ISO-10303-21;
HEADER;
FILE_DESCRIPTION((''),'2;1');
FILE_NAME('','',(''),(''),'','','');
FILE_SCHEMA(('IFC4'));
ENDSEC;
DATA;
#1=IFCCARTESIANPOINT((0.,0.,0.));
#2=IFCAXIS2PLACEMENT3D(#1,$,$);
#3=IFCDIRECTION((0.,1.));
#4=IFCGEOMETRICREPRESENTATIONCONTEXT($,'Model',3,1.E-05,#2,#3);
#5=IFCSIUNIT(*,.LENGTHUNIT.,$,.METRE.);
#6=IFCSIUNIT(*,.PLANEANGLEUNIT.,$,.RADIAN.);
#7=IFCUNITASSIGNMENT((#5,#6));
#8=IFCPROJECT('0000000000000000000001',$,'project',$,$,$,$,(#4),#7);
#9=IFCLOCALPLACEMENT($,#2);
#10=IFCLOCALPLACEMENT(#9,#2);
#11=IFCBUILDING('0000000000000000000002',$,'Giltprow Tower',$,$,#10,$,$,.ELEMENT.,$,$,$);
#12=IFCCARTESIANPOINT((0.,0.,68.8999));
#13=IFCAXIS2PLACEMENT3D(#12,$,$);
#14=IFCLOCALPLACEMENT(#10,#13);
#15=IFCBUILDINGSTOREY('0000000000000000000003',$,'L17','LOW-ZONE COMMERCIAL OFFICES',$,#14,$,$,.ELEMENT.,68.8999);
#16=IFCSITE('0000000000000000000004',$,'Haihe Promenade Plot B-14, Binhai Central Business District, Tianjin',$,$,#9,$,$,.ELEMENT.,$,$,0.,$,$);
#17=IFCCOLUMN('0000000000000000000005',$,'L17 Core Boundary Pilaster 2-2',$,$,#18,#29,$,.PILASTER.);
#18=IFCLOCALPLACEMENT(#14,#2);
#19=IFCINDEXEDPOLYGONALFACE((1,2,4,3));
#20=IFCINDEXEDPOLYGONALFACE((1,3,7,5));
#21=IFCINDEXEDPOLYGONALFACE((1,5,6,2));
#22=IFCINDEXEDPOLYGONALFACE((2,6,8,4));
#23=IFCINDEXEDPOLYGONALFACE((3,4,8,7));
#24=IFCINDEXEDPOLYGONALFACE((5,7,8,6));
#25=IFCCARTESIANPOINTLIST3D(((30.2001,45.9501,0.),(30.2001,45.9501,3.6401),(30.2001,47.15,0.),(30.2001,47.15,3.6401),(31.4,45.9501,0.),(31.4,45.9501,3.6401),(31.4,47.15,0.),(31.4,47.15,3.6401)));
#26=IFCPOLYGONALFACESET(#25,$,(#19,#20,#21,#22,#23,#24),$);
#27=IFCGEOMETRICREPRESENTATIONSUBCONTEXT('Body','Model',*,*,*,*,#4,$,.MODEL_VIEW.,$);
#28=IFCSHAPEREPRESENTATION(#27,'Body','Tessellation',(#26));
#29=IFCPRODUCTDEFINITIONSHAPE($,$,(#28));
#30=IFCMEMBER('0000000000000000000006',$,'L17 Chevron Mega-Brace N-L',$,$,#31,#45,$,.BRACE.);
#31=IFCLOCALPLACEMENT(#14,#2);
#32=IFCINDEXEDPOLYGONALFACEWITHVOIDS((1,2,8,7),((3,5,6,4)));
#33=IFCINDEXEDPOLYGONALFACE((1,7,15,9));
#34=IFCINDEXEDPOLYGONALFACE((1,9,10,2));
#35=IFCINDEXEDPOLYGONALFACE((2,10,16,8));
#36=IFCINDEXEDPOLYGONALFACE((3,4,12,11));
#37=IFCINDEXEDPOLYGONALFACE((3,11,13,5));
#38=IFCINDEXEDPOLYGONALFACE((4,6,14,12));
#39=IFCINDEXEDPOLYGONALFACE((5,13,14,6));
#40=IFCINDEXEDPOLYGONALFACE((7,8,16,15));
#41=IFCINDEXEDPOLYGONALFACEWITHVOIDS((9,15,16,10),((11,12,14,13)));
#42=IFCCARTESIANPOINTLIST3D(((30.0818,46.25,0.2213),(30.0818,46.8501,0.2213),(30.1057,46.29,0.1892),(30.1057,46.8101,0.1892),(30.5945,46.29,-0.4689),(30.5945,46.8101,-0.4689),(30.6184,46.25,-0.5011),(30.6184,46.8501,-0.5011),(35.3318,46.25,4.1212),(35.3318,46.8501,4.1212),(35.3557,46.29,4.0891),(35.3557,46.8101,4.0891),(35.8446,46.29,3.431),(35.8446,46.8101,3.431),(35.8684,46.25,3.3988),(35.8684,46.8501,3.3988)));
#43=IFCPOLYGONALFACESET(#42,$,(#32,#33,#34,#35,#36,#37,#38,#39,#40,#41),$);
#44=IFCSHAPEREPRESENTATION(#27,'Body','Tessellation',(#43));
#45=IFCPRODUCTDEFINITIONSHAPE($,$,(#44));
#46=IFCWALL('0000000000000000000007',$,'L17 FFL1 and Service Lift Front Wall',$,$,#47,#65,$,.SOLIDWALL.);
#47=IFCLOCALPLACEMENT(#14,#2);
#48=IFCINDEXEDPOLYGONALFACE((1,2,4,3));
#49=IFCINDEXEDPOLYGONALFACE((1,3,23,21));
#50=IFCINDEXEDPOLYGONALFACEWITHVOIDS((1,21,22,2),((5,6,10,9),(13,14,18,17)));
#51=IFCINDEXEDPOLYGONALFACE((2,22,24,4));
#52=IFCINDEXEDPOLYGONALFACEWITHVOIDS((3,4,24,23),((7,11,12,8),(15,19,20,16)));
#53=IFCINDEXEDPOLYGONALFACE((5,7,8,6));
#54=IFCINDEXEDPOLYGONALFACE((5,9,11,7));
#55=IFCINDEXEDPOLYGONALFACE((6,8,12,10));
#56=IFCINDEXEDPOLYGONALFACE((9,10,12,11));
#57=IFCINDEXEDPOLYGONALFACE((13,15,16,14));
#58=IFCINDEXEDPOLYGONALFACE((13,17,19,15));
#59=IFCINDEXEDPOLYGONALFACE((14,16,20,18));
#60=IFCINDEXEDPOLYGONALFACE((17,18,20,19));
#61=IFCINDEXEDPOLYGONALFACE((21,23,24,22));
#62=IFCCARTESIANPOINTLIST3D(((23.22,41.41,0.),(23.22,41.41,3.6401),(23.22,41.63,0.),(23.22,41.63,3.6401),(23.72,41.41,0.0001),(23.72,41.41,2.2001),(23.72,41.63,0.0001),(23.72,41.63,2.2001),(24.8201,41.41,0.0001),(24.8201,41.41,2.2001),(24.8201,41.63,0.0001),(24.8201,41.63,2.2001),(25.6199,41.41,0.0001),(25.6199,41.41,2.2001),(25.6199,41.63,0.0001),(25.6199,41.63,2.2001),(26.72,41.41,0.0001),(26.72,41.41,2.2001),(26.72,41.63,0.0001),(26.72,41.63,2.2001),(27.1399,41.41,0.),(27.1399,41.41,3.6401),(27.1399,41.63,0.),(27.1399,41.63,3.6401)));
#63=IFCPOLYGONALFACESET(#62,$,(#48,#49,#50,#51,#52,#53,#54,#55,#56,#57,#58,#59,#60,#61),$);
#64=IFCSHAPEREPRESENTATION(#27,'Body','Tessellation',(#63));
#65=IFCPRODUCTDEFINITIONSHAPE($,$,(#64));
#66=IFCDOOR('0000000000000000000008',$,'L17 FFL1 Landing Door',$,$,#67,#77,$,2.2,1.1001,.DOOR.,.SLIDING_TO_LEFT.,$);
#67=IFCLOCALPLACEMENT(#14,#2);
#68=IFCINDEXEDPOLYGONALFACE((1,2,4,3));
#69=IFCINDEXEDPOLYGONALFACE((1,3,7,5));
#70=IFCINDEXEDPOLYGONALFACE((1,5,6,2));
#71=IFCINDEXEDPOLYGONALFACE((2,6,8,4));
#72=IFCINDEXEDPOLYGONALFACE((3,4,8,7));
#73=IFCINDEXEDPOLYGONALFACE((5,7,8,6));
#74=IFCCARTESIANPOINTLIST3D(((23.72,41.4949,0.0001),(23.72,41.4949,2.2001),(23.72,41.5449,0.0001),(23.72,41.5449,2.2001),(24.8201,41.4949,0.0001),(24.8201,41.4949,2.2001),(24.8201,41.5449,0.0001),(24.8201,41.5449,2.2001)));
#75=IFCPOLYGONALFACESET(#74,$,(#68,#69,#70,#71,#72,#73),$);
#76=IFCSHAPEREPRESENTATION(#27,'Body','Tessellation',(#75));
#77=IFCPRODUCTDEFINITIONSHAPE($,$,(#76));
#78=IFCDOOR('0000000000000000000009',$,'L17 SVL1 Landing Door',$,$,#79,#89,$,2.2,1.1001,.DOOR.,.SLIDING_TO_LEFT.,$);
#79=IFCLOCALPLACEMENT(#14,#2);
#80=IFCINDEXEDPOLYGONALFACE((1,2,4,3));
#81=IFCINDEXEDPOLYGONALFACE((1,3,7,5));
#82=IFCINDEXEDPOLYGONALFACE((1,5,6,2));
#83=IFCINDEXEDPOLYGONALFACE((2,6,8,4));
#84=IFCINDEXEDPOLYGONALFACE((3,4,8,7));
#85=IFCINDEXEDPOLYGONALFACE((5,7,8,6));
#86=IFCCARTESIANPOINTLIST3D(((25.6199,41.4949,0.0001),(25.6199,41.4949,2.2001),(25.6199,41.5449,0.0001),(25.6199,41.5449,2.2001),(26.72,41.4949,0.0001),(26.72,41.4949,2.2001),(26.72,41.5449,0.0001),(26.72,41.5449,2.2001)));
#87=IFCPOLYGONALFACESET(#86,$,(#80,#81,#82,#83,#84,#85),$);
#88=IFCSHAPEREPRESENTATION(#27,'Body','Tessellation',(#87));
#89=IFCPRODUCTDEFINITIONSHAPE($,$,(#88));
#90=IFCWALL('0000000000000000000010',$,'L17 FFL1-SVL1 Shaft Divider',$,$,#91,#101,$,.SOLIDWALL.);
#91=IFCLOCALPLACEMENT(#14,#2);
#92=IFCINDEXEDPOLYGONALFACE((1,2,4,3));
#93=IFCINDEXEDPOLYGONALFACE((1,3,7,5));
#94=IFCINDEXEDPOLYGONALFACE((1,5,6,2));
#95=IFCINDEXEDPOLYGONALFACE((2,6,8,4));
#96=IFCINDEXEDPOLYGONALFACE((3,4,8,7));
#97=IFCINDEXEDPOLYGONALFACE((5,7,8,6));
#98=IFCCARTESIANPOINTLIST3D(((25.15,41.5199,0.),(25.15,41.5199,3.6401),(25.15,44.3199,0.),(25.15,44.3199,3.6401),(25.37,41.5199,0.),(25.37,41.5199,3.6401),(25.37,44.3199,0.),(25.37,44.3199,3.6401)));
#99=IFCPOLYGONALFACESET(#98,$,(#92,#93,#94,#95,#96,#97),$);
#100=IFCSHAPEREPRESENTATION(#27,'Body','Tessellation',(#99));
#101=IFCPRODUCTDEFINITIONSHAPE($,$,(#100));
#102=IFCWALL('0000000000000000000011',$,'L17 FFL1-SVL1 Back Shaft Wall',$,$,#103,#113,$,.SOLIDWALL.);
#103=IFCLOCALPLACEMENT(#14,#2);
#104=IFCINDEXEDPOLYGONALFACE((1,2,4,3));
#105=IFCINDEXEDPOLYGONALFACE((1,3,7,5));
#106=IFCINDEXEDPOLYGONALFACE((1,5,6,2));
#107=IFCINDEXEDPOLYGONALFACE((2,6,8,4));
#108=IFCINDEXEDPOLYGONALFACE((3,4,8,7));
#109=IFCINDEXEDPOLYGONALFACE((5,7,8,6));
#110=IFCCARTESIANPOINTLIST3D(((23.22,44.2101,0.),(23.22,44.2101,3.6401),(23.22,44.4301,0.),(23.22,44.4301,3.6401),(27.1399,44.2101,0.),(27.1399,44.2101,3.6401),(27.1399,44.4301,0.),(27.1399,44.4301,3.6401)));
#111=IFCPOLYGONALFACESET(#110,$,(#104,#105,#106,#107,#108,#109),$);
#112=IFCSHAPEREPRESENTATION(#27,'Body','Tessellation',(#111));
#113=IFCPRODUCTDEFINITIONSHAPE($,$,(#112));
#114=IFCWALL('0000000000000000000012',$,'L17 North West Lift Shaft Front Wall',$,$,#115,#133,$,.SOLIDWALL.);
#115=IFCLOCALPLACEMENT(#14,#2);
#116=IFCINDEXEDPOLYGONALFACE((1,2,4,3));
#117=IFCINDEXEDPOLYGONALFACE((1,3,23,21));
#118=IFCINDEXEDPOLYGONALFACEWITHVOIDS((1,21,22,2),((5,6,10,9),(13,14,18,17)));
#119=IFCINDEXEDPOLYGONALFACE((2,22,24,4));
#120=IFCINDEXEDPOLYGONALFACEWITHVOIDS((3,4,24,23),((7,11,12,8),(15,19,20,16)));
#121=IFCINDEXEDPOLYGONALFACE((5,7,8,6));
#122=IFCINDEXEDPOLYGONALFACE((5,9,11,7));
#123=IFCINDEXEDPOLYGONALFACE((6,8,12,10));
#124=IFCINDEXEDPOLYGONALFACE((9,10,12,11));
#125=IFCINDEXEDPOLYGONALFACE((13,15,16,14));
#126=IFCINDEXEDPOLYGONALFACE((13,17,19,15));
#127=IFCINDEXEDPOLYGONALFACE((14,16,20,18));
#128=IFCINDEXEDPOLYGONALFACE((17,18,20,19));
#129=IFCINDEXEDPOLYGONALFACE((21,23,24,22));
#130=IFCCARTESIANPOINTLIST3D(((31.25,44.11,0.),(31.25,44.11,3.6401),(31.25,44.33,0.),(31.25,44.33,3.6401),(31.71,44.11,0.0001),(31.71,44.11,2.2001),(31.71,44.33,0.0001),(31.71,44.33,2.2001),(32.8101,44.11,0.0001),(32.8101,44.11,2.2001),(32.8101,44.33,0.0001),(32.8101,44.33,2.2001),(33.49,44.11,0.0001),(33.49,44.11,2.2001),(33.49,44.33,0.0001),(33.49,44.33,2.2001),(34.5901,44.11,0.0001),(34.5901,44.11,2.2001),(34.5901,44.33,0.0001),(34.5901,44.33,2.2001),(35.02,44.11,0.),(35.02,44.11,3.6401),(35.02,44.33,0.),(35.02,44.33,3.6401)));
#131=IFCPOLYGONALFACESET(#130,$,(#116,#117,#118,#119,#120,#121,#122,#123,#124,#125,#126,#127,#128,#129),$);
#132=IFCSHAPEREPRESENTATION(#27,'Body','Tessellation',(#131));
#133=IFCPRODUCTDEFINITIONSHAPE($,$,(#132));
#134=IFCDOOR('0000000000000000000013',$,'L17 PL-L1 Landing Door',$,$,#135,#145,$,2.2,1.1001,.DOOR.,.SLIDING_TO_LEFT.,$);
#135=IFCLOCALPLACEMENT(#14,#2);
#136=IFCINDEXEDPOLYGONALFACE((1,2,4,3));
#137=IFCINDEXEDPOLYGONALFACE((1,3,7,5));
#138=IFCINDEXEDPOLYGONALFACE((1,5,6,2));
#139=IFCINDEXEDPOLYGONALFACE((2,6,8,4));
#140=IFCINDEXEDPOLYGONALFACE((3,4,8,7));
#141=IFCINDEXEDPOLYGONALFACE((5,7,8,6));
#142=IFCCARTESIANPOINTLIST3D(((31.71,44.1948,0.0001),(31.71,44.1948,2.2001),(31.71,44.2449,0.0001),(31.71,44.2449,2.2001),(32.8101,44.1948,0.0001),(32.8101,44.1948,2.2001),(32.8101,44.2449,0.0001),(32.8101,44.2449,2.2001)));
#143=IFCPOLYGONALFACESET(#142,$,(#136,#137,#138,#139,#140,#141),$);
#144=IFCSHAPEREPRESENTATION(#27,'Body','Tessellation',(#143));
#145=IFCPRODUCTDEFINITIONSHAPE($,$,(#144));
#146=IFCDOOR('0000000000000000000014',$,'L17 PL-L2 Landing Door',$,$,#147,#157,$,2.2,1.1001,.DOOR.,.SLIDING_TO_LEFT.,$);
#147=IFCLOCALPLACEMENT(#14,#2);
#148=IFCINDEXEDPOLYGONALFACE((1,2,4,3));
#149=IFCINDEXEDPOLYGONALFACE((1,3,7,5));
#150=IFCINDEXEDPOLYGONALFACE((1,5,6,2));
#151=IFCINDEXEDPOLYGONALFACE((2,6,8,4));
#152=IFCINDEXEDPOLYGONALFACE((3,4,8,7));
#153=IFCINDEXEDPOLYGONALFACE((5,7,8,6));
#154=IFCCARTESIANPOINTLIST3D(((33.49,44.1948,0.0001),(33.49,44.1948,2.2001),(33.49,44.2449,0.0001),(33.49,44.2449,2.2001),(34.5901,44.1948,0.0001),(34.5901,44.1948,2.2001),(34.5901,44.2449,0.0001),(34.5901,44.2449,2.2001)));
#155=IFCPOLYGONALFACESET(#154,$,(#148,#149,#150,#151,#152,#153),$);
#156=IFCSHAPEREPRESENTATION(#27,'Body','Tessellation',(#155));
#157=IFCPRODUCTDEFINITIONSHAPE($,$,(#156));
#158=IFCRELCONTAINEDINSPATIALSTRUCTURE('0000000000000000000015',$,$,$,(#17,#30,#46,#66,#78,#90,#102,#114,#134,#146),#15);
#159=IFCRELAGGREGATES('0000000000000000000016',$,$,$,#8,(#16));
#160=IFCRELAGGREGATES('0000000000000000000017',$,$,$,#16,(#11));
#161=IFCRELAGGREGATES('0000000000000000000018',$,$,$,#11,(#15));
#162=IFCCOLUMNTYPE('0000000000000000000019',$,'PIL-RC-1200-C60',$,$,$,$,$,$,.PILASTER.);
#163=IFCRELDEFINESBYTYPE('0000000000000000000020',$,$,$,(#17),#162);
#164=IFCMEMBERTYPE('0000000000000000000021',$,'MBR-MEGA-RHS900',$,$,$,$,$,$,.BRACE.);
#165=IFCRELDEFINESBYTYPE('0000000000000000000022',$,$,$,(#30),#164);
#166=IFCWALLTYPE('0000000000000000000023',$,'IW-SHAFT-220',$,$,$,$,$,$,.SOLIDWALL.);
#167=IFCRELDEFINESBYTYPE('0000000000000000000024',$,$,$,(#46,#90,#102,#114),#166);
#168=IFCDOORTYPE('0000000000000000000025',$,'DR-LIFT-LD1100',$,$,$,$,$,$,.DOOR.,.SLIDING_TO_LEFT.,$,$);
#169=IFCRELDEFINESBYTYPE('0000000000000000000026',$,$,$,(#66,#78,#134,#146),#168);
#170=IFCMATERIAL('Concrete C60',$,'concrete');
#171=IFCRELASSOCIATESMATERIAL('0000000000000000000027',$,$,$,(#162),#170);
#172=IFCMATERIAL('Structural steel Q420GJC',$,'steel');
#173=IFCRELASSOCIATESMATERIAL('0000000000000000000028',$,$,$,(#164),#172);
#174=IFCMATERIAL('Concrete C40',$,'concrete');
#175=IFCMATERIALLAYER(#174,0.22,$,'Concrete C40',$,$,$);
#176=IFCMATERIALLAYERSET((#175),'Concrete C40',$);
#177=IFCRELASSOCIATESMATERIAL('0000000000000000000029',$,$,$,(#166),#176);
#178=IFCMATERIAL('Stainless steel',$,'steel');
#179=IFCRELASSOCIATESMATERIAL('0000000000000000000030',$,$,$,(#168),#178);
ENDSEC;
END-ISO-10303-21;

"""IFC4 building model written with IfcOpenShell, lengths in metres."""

from ifc_helpers import new_model, si_unit, direction, frame, frame_2d, origin, origin_2d, place, context, subcontext, project, spatial, rectangle, hollow_rectangle, extrude, source, transform, mapped, material, layer, layer_set, material_profile, profile_set, type_object, element, fill, save


model = new_model("IFC4")

# Units and contexts
model_context = context("Model", 3, precision=1e-05, world=origin(), true_north=direction((0.0, 1.0)))
body_context = subcontext(model_context, "Body", "Model", "MODEL_VIEW")
ifc_project = project(units=[si_unit("LENGTHUNIT", "METRE"), si_unit("PLANEANGLEUNIT", "RADIAN")], contexts=[model_context])

# Site, building, storey
site_placement = place(None, origin())
site = spatial("IfcSite", under=ifc_project, at=site_placement, Name="Haihe Promenade Plot B-14, Binhai Central Business District, Tianjin", CompositionType="ELEMENT", RefElevation=0.0)
building_placement = place(site_placement, origin())
building = spatial("IfcBuilding", under=site, at=building_placement, Name="Giltprow Tower", CompositionType="ELEMENT")
storey_placement = place(building_placement, frame((0.0, 0.0, 68.8999)))
storey = spatial("IfcBuildingStorey", under=building, at=storey_placement, Name="L17", Description="LOW-ZONE COMMERCIAL OFFICES", CompositionType="ELEMENT", Elevation=68.8999)

# Column
ifc_material_1 = material(Name="Concrete C60", Category="concrete")
ifc_material_profile_1 = material_profile(ifc_material_1, rectangle(XDim=1.2, YDim=1.2, at=origin_2d()), Name="RC 1200x1200")
ifc_profile_set_1 = profile_set([ifc_material_profile_1], Name="Concrete C60")
column_type = type_object("IfcColumnType", Name="PIL-RC-1200-C60", PredefinedType="PILASTER", material=ifc_profile_set_1)
shared_shape_1 = source(origin(), body_context, "Body", "SweptSolid", [
    extrude(rectangle(XDim=1.2, YDim=1.2, at=origin_2d()), origin(), (0.0, 0.0, 1.0), 3.6401),
])
column_placement = place(storey_placement, frame((30.8, 46.55, 0.0), z_axis=(0.0, 0.0, 1.0), x_axis=(1.0, 0.0, 0.0)))
element("IfcColumn", 1, at=column_placement, inside=storey, type_object=column_type, Name="L17 Core Boundary Pilaster 2-2", PredefinedType="PILASTER", context=body_context, shape_type="MappedRepresentation", body=[
    mapped(shared_shape_1, transform((0.0, 0.0, 0.0), x_axis=(1.0, 0.0, 0.0), y_axis=(0.0, 1.0, 0.0), z_axis=(0.0, 0.0, 1.0), scale=1.0)),
])

# Member
ifc_material_2 = material(Name="Structural steel Q420GJC", Category="steel")
ifc_material_profile_2 = material_profile(ifc_material_2, hollow_rectangle(XDim=0.6001, YDim=0.8999, WallThickness=0.04, at=origin_2d()), Name="RHS 900x600x40")
ifc_profile_set_2 = profile_set([ifc_material_profile_2], Name="Structural steel Q420GJC")
member_type = type_object("IfcMemberType", Name="MBR-MEGA-RHS900", PredefinedType="BRACE", material=ifc_profile_set_2)
shared_shape_2 = source(origin(), body_context, "Body", "SweptSolid", [
    extrude(hollow_rectangle(XDim=0.6001, YDim=0.8999, WallThickness=0.04, at=origin_2d()), origin(), (0.0, 0.0, 1.0), 6.54),
])
member_placement = place(storey_placement, frame((30.3501, 46.55, -0.1399), z_axis=(0.802751, 0.0, 0.596314), x_axis=(0.0, 1.0, 0.0)))
element("IfcMember", 2, at=member_placement, inside=storey, type_object=member_type, Name="L17 Chevron Mega-Brace N-L", PredefinedType="BRACE", context=body_context, shape_type="MappedRepresentation", body=[
    mapped(shared_shape_2, transform((0.0, 0.0, 0.0), x_axis=(1.0, 0.0, 0.0), y_axis=(0.0, 1.0, 0.0), z_axis=(0.0, 0.0, 1.0), scale=1.0)),
])

# Wall, openings, doors
ifc_material_3 = material(Name="Concrete C40", Category="concrete")
ifc_layer_1 = layer(ifc_material_3, 0.22, Name="Concrete C40")
ifc_layer_set_1 = layer_set([ifc_layer_1], Name="Concrete C40")
wall_type_1 = type_object("IfcWallType", Name="IW-SHAFT-220", PredefinedType="SOLIDWALL", material=ifc_layer_set_1)
wall_1_placement = place(storey_placement, frame((23.22, 41.52, 0.0), z_axis=(0.0, 0.0, 1.0), x_axis=(1.0, 0.0, 0.0)))
wall_1 = element("IfcWall", 3, at=wall_1_placement, inside=storey, type_object=wall_type_1, Name="L17 FFL1 and Service Lift Front Wall", PredefinedType="SOLIDWALL", context=body_context, shape_type="SweptSolid", body=[
    extrude(rectangle(XDim=3.9199, YDim=0.22, at=frame_2d((1.96, 0.0))), origin(), (0.0, 0.0, 1.0), 3.6401),
])
opening_1_placement = place(wall_1_placement, frame((0.5, 0.0, 0.0)))
opening_1 = element("IfcOpeningElement", 4, at=opening_1_placement, cuts=wall_1, PredefinedType="OPENING", context=body_context, shape_type="SweptSolid", body=[
    extrude(rectangle(XDim=1.1001, YDim=2.2, at=frame_2d((0.55, 1.1001))), frame((0.0, 0.1199, 0.0), z_axis=(0.0, -1.0, 0.0), x_axis=(1.0, 0.0, 0.0)), (0.0, 0.0, 1.0), 0.24),
])
opening_2_placement = place(wall_1_placement, frame((2.3999, 0.0, 0.0)))
opening_2 = element("IfcOpeningElement", 5, at=opening_2_placement, cuts=wall_1, PredefinedType="OPENING", context=body_context, shape_type="SweptSolid", body=[
    extrude(rectangle(XDim=1.1001, YDim=2.2, at=frame_2d((0.55, 1.1001))), frame((0.0, 0.1199, 0.0), z_axis=(0.0, -1.0, 0.0), x_axis=(1.0, 0.0, 0.0)), (0.0, 0.0, 1.0), 0.24),
])
ifc_material_4 = material(Name="Stainless steel", Category="steel")
door_type = type_object("IfcDoorType", Name="DR-LIFT-LD1100", OperationType="SLIDING_TO_LEFT", PredefinedType="DOOR", material=ifc_material_4)
shared_shape_3 = source(origin(), body_context, "Body", "SweptSolid", [
    extrude(rectangle(XDim=1.1001, YDim=2.2, at=frame_2d((0.55, 1.1001))), frame((0.0, 0.0249, 0.0), z_axis=(0.0, -1.0, 0.0), x_axis=(1.0, 0.0, 0.0)), (0.0, 0.0, 1.0), 0.05),
])
door_1_placement = place(opening_1_placement, origin())
door_1 = element("IfcDoor", 6, at=door_1_placement, inside=storey, type_object=door_type, Name="L17 FFL1 Landing Door", OperationType="SLIDING_TO_LEFT", OverallHeight=2.2, OverallWidth=1.1001, PredefinedType="DOOR", context=body_context, shape_type="MappedRepresentation", body=[
    mapped(shared_shape_3, transform((0.0, 0.0, 0.0), x_axis=(1.0, 0.0, 0.0), y_axis=(0.0, 1.0, 0.0), z_axis=(0.0, 0.0, 1.0), scale=1.0)),
])
fill(opening_1, door_1)
door_2_placement = place(opening_2_placement, origin())
door_2 = element("IfcDoor", 7, at=door_2_placement, inside=storey, type_object=door_type, Name="L17 SVL1 Landing Door", OperationType="SLIDING_TO_LEFT", OverallHeight=2.2, OverallWidth=1.1001, PredefinedType="DOOR", context=body_context, shape_type="MappedRepresentation", body=[
    mapped(shared_shape_3, transform((0.0, 0.0, 0.0), x_axis=(1.0, 0.0, 0.0), y_axis=(0.0, 1.0, 0.0), z_axis=(0.0, 0.0, 1.0), scale=1.0)),
])
fill(opening_2, door_2)

# Walls
wall_2_placement = place(storey_placement, frame((25.26, 41.52, 0.0), z_axis=(0.0, 0.0, 1.0), x_axis=(0.0, 1.0, 0.0)))
element("IfcWall", 8, at=wall_2_placement, inside=storey, type_object=wall_type_1, Name="L17 FFL1-SVL1 Shaft Divider", PredefinedType="SOLIDWALL", context=body_context, shape_type="SweptSolid", body=[
    extrude(rectangle(XDim=2.8, YDim=0.22, at=frame_2d((1.3999, 0.0))), origin(), (0.0, 0.0, 1.0), 3.6401),
])
wall_3_placement = place(storey_placement, frame((23.22, 44.3201, 0.0), z_axis=(0.0, 0.0, 1.0), x_axis=(1.0, 0.0, 0.0)))
element("IfcWall", 9, at=wall_3_placement, inside=storey, type_object=wall_type_1, Name="L17 FFL1-SVL1 Back Shaft Wall", PredefinedType="SOLIDWALL", context=body_context, shape_type="SweptSolid", body=[
    extrude(rectangle(XDim=3.9199, YDim=0.22, at=frame_2d((1.96, 0.0))), origin(), (0.0, 0.0, 1.0), 3.6401),
])

# Wall, openings, doors
wall_4_placement = place(storey_placement, frame((31.25, 44.22, 0.0), z_axis=(0.0, 0.0, 1.0), x_axis=(1.0, 0.0, 0.0)))
wall_4 = element("IfcWall", 10, at=wall_4_placement, inside=storey, type_object=wall_type_1, Name="L17 North West Lift Shaft Front Wall", PredefinedType="SOLIDWALL", context=body_context, shape_type="SweptSolid", body=[
    extrude(rectangle(XDim=3.77, YDim=0.22, at=frame_2d((1.885, 0.0))), origin(), (0.0, 0.0, 1.0), 3.6401),
])
opening_3_placement = place(wall_4_placement, frame((0.46, 0.0, 0.0)))
opening_3 = element("IfcOpeningElement", 11, at=opening_3_placement, cuts=wall_4, PredefinedType="OPENING", context=body_context, shape_type="SweptSolid", body=[
    extrude(rectangle(XDim=1.1001, YDim=2.2, at=frame_2d((0.55, 1.1001))), frame((0.0, 0.1199, 0.0), z_axis=(0.0, -1.0, 0.0), x_axis=(1.0, 0.0, 0.0)), (0.0, 0.0, 1.0), 0.24),
])
opening_4_placement = place(wall_4_placement, frame((2.24, 0.0, 0.0)))
opening_4 = element("IfcOpeningElement", 12, at=opening_4_placement, cuts=wall_4, PredefinedType="OPENING", context=body_context, shape_type="SweptSolid", body=[
    extrude(rectangle(XDim=1.1001, YDim=2.2, at=frame_2d((0.55, 1.1001))), frame((0.0, 0.1199, 0.0), z_axis=(0.0, -1.0, 0.0), x_axis=(1.0, 0.0, 0.0)), (0.0, 0.0, 1.0), 0.24),
])
door_3_placement = place(opening_3_placement, origin())
door_3 = element("IfcDoor", 13, at=door_3_placement, inside=storey, type_object=door_type, Name="L17 PL-L1 Landing Door", OperationType="SLIDING_TO_LEFT", OverallHeight=2.2, OverallWidth=1.1001, PredefinedType="DOOR", context=body_context, shape_type="MappedRepresentation", body=[
    mapped(shared_shape_3, transform((0.0, 0.0, 0.0), x_axis=(1.0, 0.0, 0.0), y_axis=(0.0, 1.0, 0.0), z_axis=(0.0, 0.0, 1.0), scale=1.0)),
])
fill(opening_3, door_3)
door_4_placement = place(opening_4_placement, origin())
door_4 = element("IfcDoor", 14, at=door_4_placement, inside=storey, type_object=door_type, Name="L17 PL-L2 Landing Door", OperationType="SLIDING_TO_LEFT", OverallHeight=2.2, OverallWidth=1.1001, PredefinedType="DOOR", context=body_context, shape_type="MappedRepresentation", body=[
    mapped(shared_shape_3, transform((0.0, 0.0, 0.0), x_axis=(1.0, 0.0, 0.0), y_axis=(0.0, 1.0, 0.0), z_axis=(0.0, 0.0, 1.0), scale=1.0)),
])
fill(opening_4, door_4)

save(model, "model.ifc")
